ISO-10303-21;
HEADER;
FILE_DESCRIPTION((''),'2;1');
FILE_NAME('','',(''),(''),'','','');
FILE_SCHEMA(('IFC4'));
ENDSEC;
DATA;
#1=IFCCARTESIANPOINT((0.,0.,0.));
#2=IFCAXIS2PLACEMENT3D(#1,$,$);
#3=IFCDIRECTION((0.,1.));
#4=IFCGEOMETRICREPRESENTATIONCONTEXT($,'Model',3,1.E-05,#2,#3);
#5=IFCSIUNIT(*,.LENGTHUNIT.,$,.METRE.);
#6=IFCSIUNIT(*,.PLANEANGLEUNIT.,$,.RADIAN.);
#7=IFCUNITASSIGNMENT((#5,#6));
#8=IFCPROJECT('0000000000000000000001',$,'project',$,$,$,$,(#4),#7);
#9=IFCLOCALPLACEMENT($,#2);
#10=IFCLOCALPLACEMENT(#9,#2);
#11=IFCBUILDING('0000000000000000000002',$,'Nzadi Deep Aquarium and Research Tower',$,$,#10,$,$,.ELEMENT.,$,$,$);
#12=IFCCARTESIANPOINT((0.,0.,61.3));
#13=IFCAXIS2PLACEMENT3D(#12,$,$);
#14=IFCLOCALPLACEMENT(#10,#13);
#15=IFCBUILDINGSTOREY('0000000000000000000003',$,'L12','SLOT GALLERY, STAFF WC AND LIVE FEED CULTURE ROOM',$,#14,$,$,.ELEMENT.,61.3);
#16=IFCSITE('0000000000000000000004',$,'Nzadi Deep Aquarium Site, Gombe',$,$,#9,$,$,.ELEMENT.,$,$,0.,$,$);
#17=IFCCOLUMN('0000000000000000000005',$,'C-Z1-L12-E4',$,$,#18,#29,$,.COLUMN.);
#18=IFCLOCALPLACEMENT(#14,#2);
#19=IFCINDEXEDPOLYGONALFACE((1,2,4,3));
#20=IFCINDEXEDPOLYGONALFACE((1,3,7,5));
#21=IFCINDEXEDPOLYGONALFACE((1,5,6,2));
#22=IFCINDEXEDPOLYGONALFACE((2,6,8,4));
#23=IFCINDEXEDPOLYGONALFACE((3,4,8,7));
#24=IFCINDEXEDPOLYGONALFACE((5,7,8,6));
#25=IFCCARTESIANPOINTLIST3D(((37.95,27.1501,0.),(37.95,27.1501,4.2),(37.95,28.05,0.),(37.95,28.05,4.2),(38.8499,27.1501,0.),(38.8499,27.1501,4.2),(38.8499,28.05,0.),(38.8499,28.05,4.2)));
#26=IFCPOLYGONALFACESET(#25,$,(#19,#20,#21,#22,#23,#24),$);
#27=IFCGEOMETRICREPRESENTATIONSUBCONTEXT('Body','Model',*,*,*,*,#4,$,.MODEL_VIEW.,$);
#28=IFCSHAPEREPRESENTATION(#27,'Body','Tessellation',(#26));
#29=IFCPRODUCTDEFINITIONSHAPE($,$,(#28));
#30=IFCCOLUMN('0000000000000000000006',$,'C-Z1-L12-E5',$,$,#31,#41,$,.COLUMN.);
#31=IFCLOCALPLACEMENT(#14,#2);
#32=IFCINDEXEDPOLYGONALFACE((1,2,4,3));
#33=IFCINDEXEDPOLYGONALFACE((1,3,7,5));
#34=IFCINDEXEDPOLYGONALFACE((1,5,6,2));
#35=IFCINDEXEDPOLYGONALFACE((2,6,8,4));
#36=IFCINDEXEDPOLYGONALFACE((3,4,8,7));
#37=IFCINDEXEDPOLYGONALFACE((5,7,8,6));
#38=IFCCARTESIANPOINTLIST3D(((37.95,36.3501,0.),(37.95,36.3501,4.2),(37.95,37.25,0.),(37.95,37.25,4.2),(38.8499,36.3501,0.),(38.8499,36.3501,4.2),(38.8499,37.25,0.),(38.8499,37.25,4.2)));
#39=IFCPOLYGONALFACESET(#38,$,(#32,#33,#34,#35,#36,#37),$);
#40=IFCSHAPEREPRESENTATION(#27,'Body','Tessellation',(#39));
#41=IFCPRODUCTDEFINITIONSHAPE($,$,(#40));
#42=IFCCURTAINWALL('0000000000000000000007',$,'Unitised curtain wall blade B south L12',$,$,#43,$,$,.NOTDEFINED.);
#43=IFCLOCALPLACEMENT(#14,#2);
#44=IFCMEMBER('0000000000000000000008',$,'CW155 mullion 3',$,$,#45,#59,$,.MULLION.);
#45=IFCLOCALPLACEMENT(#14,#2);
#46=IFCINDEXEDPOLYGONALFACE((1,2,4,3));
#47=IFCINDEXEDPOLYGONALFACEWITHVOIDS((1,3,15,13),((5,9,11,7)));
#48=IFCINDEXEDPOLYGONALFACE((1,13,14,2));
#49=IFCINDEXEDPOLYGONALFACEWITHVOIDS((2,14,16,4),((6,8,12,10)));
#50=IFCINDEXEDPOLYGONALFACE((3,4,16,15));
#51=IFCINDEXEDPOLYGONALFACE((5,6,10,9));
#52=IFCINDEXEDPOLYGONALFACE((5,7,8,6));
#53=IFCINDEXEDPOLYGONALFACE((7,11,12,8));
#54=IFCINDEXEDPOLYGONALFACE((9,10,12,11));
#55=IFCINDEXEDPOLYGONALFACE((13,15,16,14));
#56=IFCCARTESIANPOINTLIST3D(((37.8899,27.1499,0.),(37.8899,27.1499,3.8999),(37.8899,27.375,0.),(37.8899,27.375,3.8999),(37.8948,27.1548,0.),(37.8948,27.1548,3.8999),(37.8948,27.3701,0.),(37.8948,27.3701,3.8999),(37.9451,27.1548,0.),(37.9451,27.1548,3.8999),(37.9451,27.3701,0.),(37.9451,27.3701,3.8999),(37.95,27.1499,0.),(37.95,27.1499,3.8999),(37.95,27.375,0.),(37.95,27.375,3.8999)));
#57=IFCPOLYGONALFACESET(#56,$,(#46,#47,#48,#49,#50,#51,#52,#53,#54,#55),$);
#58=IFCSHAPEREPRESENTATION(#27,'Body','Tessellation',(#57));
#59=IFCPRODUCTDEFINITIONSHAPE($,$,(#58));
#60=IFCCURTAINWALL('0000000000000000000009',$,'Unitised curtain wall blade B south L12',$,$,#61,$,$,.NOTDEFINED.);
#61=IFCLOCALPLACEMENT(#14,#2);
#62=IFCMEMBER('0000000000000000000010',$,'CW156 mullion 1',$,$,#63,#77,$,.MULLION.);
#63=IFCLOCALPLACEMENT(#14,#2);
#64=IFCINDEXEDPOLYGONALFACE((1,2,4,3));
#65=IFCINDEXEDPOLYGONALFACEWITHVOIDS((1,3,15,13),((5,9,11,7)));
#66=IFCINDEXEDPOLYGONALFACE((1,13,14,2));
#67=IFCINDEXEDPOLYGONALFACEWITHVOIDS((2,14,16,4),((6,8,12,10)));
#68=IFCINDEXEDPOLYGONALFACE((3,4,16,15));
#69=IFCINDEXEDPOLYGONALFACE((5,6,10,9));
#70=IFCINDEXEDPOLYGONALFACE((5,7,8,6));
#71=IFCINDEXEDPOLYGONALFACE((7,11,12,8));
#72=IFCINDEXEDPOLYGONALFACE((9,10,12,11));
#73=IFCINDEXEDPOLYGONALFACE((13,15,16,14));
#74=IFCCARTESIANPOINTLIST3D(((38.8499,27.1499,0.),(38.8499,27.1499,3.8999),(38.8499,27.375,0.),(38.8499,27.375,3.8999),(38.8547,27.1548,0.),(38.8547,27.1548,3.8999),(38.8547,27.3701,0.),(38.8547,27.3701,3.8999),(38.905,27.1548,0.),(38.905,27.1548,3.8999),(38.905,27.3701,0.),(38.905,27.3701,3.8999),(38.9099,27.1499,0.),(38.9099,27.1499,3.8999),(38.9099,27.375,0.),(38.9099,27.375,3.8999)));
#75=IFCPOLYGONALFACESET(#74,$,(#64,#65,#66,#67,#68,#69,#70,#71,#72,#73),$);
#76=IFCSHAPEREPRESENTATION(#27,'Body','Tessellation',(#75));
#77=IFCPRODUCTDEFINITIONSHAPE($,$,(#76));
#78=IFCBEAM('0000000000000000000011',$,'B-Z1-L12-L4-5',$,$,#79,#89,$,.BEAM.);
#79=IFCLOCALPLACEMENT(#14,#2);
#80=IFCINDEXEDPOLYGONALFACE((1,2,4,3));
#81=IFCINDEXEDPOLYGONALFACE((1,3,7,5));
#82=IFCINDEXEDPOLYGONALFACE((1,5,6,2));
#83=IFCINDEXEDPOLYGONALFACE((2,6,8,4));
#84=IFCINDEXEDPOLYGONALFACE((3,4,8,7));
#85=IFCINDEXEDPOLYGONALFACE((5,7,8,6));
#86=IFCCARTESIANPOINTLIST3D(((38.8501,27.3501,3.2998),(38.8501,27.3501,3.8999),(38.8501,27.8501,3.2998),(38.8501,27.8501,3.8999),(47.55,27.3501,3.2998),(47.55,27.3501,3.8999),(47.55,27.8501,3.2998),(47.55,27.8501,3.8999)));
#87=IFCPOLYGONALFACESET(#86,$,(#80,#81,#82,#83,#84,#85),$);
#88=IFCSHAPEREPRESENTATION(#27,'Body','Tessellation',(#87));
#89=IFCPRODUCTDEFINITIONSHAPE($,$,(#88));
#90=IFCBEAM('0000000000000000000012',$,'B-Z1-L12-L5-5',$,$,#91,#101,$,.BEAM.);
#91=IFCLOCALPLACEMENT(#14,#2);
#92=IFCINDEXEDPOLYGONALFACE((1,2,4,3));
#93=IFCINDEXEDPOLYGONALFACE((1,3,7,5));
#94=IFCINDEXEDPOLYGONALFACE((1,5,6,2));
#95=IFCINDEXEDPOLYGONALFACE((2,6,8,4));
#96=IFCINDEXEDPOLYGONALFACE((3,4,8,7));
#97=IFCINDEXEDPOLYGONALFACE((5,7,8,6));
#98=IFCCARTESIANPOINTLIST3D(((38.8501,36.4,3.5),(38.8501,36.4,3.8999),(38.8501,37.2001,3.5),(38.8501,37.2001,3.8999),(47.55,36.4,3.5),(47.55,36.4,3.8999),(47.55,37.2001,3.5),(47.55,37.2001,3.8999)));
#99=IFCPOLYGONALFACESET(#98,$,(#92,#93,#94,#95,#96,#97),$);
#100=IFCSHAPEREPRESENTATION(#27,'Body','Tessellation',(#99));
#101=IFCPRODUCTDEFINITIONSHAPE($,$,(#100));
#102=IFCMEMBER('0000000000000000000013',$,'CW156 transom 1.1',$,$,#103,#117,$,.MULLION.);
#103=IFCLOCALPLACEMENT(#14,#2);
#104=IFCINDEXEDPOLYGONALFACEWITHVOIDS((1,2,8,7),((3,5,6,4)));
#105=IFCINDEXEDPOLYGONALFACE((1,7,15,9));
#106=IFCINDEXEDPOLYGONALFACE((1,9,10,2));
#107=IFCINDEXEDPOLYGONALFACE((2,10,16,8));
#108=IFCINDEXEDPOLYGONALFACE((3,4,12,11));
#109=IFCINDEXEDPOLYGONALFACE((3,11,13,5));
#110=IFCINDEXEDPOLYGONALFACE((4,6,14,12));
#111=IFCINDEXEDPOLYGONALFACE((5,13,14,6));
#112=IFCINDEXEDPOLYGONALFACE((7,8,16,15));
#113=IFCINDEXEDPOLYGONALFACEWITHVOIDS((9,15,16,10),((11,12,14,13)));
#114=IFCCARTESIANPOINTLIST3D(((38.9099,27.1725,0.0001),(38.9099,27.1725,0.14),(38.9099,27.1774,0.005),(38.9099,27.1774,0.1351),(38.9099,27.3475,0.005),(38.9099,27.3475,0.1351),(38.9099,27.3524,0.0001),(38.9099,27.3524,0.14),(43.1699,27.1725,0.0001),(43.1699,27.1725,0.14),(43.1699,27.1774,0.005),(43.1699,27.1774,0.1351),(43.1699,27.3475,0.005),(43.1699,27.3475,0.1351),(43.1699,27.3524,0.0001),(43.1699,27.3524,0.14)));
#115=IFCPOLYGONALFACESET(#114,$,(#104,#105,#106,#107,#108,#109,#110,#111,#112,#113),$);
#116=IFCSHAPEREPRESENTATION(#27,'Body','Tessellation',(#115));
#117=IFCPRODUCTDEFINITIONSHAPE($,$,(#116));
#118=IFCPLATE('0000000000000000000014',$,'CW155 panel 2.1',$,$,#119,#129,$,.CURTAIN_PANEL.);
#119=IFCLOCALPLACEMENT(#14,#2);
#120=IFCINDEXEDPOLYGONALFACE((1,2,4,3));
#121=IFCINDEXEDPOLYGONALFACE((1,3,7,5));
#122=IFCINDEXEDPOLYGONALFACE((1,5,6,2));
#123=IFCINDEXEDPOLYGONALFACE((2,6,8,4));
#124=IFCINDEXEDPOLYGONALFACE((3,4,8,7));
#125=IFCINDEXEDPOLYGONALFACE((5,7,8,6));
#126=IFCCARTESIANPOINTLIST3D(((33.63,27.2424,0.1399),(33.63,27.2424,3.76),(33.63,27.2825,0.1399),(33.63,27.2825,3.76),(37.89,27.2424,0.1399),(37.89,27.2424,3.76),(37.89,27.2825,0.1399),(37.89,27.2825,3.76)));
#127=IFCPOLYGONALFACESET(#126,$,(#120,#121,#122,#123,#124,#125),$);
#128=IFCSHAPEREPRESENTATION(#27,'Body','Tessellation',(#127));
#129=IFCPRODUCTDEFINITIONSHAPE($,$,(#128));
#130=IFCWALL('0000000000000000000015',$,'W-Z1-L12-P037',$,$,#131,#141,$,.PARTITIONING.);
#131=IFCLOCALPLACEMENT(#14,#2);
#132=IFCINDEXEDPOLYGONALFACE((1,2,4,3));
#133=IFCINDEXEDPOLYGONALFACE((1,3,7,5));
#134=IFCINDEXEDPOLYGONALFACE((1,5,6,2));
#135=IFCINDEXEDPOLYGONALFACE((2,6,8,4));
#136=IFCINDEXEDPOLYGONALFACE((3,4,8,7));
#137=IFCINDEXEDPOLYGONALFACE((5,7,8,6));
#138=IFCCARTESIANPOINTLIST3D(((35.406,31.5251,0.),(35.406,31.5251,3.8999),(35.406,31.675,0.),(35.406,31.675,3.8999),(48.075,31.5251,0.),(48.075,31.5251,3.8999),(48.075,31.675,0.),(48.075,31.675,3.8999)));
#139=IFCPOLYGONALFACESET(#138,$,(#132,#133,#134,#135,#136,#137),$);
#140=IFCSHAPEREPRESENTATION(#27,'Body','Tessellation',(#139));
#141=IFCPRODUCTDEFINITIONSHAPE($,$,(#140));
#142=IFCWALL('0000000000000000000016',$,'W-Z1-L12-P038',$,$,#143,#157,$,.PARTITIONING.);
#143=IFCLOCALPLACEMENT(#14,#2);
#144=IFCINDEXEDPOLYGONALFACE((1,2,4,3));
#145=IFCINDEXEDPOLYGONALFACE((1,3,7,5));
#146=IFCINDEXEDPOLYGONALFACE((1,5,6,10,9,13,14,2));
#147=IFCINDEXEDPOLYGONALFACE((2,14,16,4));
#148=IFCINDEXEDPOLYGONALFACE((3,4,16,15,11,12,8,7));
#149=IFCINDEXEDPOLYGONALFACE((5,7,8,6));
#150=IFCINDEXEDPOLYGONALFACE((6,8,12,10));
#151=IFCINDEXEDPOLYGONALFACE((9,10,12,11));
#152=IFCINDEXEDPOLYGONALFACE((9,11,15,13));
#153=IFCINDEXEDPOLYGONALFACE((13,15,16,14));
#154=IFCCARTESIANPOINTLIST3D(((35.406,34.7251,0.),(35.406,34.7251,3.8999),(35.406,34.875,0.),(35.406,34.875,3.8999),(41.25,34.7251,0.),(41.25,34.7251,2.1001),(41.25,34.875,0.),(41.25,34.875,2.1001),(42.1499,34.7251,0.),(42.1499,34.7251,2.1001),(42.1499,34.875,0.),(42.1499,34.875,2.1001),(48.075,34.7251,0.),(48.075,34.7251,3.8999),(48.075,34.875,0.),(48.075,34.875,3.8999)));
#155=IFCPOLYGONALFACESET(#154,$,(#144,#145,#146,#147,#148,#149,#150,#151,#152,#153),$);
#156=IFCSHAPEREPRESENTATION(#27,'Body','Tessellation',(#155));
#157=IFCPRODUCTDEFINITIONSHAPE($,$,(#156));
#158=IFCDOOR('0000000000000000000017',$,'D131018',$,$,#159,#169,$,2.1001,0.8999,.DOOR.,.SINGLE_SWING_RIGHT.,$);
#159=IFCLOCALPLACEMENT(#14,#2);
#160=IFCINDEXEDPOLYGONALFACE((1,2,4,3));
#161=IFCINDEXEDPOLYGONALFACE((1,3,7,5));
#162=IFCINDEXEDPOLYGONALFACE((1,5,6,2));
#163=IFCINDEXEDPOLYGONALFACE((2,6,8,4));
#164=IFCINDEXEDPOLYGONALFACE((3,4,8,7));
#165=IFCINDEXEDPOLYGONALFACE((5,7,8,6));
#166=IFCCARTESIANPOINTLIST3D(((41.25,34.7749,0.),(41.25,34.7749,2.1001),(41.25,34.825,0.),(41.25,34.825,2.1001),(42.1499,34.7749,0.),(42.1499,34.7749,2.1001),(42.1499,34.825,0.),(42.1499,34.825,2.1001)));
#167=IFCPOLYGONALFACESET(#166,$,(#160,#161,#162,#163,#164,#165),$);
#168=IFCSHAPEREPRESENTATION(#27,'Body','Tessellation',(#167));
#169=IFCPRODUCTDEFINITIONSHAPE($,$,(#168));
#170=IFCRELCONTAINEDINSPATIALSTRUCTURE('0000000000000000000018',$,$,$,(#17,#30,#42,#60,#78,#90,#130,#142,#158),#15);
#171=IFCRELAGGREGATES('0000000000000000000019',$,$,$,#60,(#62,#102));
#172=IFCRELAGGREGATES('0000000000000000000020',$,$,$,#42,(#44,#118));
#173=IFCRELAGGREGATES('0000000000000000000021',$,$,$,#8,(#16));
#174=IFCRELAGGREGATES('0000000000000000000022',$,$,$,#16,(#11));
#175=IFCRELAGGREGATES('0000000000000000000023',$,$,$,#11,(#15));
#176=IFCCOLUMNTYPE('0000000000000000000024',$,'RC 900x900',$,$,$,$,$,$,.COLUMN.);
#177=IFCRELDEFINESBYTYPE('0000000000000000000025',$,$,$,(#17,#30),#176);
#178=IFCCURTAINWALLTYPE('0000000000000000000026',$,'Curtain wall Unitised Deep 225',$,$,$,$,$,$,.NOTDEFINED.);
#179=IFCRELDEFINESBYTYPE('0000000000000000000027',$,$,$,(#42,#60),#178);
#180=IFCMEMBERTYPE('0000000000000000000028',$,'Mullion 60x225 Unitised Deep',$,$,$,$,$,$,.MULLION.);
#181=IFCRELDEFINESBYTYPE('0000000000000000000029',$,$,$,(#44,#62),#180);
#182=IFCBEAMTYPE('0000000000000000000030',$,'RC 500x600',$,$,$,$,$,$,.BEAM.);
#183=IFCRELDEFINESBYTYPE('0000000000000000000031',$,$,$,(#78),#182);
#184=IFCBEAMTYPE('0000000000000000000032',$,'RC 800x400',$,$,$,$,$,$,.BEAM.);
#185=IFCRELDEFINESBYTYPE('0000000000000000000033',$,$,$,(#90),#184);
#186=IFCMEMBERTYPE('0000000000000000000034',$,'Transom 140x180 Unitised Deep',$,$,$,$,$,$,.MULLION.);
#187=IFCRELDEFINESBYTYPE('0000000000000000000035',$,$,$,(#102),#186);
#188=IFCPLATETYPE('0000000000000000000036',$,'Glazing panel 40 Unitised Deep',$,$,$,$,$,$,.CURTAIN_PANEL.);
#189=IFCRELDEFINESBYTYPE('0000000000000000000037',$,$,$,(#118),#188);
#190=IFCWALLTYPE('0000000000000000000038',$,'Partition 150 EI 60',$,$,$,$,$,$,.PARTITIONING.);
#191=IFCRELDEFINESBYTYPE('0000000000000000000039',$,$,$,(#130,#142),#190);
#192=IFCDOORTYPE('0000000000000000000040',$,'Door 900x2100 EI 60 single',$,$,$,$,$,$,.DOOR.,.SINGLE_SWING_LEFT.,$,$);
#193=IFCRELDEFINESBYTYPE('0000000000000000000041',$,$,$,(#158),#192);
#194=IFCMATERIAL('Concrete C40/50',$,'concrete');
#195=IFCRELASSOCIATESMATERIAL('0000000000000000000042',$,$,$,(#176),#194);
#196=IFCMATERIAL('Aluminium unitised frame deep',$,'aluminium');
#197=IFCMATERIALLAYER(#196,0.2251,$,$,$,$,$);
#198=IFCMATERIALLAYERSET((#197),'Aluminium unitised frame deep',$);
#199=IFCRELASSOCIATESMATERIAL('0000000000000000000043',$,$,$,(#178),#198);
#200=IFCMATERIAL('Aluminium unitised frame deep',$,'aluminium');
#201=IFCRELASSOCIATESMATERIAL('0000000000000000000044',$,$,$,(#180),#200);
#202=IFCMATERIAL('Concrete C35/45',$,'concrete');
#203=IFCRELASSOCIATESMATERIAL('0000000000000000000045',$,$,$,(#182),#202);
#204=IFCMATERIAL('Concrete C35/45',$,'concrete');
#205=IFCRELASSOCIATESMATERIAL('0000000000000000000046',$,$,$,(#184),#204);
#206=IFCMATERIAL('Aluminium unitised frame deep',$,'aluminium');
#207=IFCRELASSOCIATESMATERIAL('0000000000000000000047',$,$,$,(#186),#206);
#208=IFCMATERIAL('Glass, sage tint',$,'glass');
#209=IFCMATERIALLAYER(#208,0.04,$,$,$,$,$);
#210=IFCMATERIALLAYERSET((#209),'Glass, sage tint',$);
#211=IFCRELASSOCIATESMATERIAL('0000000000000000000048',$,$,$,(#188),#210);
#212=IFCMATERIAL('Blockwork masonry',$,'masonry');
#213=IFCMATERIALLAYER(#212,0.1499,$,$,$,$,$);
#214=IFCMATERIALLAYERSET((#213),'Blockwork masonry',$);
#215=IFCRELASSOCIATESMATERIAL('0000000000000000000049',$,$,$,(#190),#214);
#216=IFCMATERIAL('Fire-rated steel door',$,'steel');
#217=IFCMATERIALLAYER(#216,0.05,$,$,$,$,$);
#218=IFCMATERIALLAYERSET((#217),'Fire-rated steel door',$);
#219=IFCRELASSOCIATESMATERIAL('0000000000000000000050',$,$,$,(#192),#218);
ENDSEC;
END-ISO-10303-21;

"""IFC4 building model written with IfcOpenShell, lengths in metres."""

from ifc_helpers import new_model, si_unit, direction, frame, frame_2d, origin, origin_2d, place, context, subcontext, project, spatial, rectangle, hollow_rectangle, extrude, material, layer, layer_set, material_profile, profile_set, type_object, element, fill, aggregate, save


model = new_model("IFC4")

# Units and contexts
model_context = context("Model", 3, precision=1e-05, world=origin(), true_north=direction((0.0, 1.0)))
body_context = subcontext(model_context, "Body", "Model", "MODEL_VIEW")
ifc_project = project(units=[si_unit("LENGTHUNIT", "METRE"), si_unit("PLANEANGLEUNIT", "RADIAN")], contexts=[model_context])

# Site, building, storey
site_placement = place(None, origin())
site = spatial("IfcSite", under=ifc_project, at=site_placement, Name="Nzadi Deep Aquarium Site, Gombe", CompositionType="ELEMENT", RefElevation=0.0)
building_placement = place(site_placement, origin())
building = spatial("IfcBuilding", under=site, at=building_placement, Name="Nzadi Deep Aquarium and Research Tower", CompositionType="ELEMENT")
storey_placement = place(building_placement, frame((0.0, 0.0, 61.3)))
storey = spatial("IfcBuildingStorey", under=building, at=storey_placement, Name="L12", Description="SLOT GALLERY, STAFF WC AND LIVE FEED CULTURE ROOM", CompositionType="ELEMENT", Elevation=61.3)

# Columns
ifc_material_1 = material(Name="Concrete C40/50", Category="concrete")
ifc_material_profile_1 = material_profile(ifc_material_1, rectangle(XDim=0.8999, YDim=0.8999, at=origin_2d()))
ifc_profile_set_1 = profile_set([ifc_material_profile_1], Name="Concrete C40/50")
column_type = type_object("IfcColumnType", Name="RC 900x900", PredefinedType="COLUMN", material=ifc_profile_set_1)
for number, where, z_axis, x_axis, name in (
    (1, (38.3999, 27.6001, 0.0), (0.0, 0.0, 1.0), (1.0, 0.0, 0.0), "C-Z1-L12-E4"),
    (2, (38.3999, 36.8, 0.0), (0.0, 0.0, 1.0), (1.0, 0.0, 0.0), "C-Z1-L12-E5"),
):
    element("IfcColumn", number, at=place(storey_placement, frame(where, z_axis=z_axis, x_axis=x_axis)), inside=storey, type_object=column_type, Name=name, PredefinedType="COLUMN", context=body_context, shape_type="SweptSolid", body=[
        extrude(rectangle(XDim=0.8999, YDim=0.8999, at=origin_2d()), origin(), (0.0, 0.0, 1.0), 4.2),
    ])

# Curtain walls, members
ifc_material_2 = material(Name="Aluminium unitised frame deep", Category="aluminium")
ifc_layer_1 = layer(ifc_material_2, 0.2251)
ifc_layer_set_1 = layer_set([ifc_layer_1], Name="Aluminium unitised frame deep")
curtain_wall_type = type_object("IfcCurtainWallType", Name="Curtain wall Unitised Deep 225", PredefinedType="NOTDEFINED", material=ifc_layer_set_1)
curtain_wall_1_placement = place(storey_placement, origin())
curtain_wall_1 = element("IfcCurtainWall", 3, at=curtain_wall_1_placement, inside=storey, type_object=curtain_wall_type, Name="Unitised curtain wall blade B south L12", PredefinedType="NOTDEFINED")
ifc_material_3 = material(Name="Aluminium unitised frame deep", Category="aluminium")
ifc_material_profile_2 = material_profile(ifc_material_3, hollow_rectangle(XDim=0.2251, YDim=0.0601, WallThickness=0.0049, at=origin_2d()))
ifc_profile_set_2 = profile_set([ifc_material_profile_2], Name="Aluminium unitised frame deep")
member_type_1 = type_object("IfcMemberType", Name="Mullion 60x225 Unitised Deep", PredefinedType="MULLION", material=ifc_profile_set_2)
member_1_placement = place(storey_placement, frame((37.9199, 27.2625, 0.0), z_axis=(0.0, 0.0, 1.0), x_axis=(0.0, 1.0, 0.0)))
member_1 = element("IfcMember", 4, at=member_1_placement, type_object=member_type_1, Name="CW155 mullion 3", PredefinedType="MULLION", context=body_context, shape_type="SweptSolid", body=[
    extrude(hollow_rectangle(XDim=0.2251, YDim=0.0601, WallThickness=0.0049, at=origin_2d()), origin(), (0.0, 0.0, 1.0), 3.8999),
])
curtain_wall_2_placement = place(storey_placement, origin())
curtain_wall_2 = element("IfcCurtainWall", 5, at=curtain_wall_2_placement, inside=storey, type_object=curtain_wall_type, Name="Unitised curtain wall blade B south L12", PredefinedType="NOTDEFINED")
member_2_placement = place(storey_placement, frame((38.8799, 27.2625, 0.0), z_axis=(0.0, 0.0, 1.0), x_axis=(0.0, 1.0, 0.0)))
member_2 = element("IfcMember", 6, at=member_2_placement, type_object=member_type_1, Name="CW156 mullion 1", PredefinedType="MULLION", context=body_context, shape_type="SweptSolid", body=[
    extrude(hollow_rectangle(XDim=0.2251, YDim=0.0601, WallThickness=0.0049, at=origin_2d()), origin(), (0.0, 0.0, 1.0), 3.8999),
])

# Beams
ifc_material_4 = material(Name="Concrete C35/45", Category="concrete")
ifc_material_profile_3 = material_profile(ifc_material_4, rectangle(XDim=0.5, YDim=0.6001, at=origin_2d()))
ifc_profile_set_3 = profile_set([ifc_material_profile_3], Name="Concrete C35/45")
beam_type_1 = type_object("IfcBeamType", Name="RC 500x600", PredefinedType="BEAM", material=ifc_profile_set_3)
beam_1_placement = place(storey_placement, frame((38.8501, 27.6001, 3.5999), z_axis=(1.0, 0.0, 0.0), x_axis=(0.0, 1.0, 0.0)))
element("IfcBeam", 7, at=beam_1_placement, inside=storey, type_object=beam_type_1, Name="B-Z1-L12-L4-5", PredefinedType="BEAM", context=body_context, shape_type="SweptSolid", body=[
    extrude(rectangle(XDim=0.5, YDim=0.6001, at=origin_2d()), origin(), (0.0, 0.0, 1.0), 8.7),
])
ifc_material_5 = material(Name="Concrete C35/45", Category="concrete")
ifc_material_profile_4 = material_profile(ifc_material_5, rectangle(XDim=0.8, YDim=0.3999, at=origin_2d()))
ifc_profile_set_4 = profile_set([ifc_material_profile_4], Name="Concrete C35/45")
beam_type_2 = type_object("IfcBeamType", Name="RC 800x400", PredefinedType="BEAM", material=ifc_profile_set_4)
beam_2_placement = place(storey_placement, frame((38.8501, 36.8, 3.7), z_axis=(1.0, 0.0, 0.0), x_axis=(0.0, 1.0, 0.0)))
element("IfcBeam", 8, at=beam_2_placement, inside=storey, type_object=beam_type_2, Name="B-Z1-L12-L5-5", PredefinedType="BEAM", context=body_context, shape_type="SweptSolid", body=[
    extrude(rectangle(XDim=0.8, YDim=0.3999, at=origin_2d()), origin(), (0.0, 0.0, 1.0), 8.7),
])

# Member
ifc_material_6 = material(Name="Aluminium unitised frame deep", Category="aluminium")
ifc_material_profile_5 = material_profile(ifc_material_6, hollow_rectangle(XDim=0.1799, YDim=0.1399, WallThickness=0.0049, at=origin_2d()))
ifc_profile_set_5 = profile_set([ifc_material_profile_5], Name="Aluminium unitised frame deep")
member_type_2 = type_object("IfcMemberType", Name="Transom 140x180 Unitised Deep", PredefinedType="MULLION", material=ifc_profile_set_5)
member_3_placement = place(storey_placement, frame((38.9099, 27.2625, 0.0701), z_axis=(1.0, 0.0, 0.0), x_axis=(0.0, 1.0, 0.0)))
member_3 = element("IfcMember", 9, at=member_3_placement, type_object=member_type_2, Name="CW156 transom 1.1", PredefinedType="MULLION", context=body_context, shape_type="SweptSolid", body=[
    extrude(hollow_rectangle(XDim=0.1799, YDim=0.1399, WallThickness=0.0049, at=origin_2d()), origin(), (0.0, 0.0, 1.0), 4.26),
])
aggregate(curtain_wall_2, [member_2, member_3])

# Plate
ifc_material_7 = material(Name="Glass, sage tint", Category="glass")
ifc_layer_2 = layer(ifc_material_7, 0.04)
ifc_layer_set_2 = layer_set([ifc_layer_2], Name="Glass, sage tint")
plate_type = type_object("IfcPlateType", Name="Glazing panel 40 Unitised Deep", PredefinedType="CURTAIN_PANEL", material=ifc_layer_set_2)
plate_placement = place(storey_placement, frame((35.76, 27.2625, 0.1399), z_axis=(0.0, 0.0, 1.0), x_axis=(1.0, 0.0, 0.0)))
plate = element("IfcPlate", 10, at=plate_placement, type_object=plate_type, Name="CW155 panel 2.1", PredefinedType="CURTAIN_PANEL", context=body_context, shape_type="SweptSolid", body=[
    extrude(rectangle(XDim=4.26, YDim=0.04, at=origin_2d()), origin(), (0.0, 0.0, 1.0), 3.6201),
])
aggregate(curtain_wall_1, [member_1, plate])

# Wall
ifc_material_8 = material(Name="Blockwork masonry", Category="masonry")
ifc_layer_3 = layer(ifc_material_8, 0.1499)
ifc_layer_set_3 = layer_set([ifc_layer_3], Name="Blockwork masonry")
wall_type_1 = type_object("IfcWallType", Name="Partition 150 EI 60", PredefinedType="PARTITIONING", material=ifc_layer_set_3)
wall_1_placement = place(storey_placement, frame((35.406, 31.6001, 0.0), z_axis=(0.0, 0.0, 1.0), x_axis=(1.0, 0.0, 0.0)))
element("IfcWall", 11, at=wall_1_placement, inside=storey, type_object=wall_type_1, Name="W-Z1-L12-P037", PredefinedType="PARTITIONING", context=body_context, shape_type="SweptSolid", body=[
    extrude(rectangle(XDim=12.6689, YDim=0.1499, at=frame_2d((6.3345, 0.0))), origin(), (0.0, 0.0, 1.0), 3.8999),
])

# Wall, opening, door
wall_2_placement = place(storey_placement, frame((35.406, 34.8, 0.0), z_axis=(0.0, 0.0, 1.0), x_axis=(1.0, 0.0, 0.0)))
wall_2 = element("IfcWall", 12, at=wall_2_placement, inside=storey, type_object=wall_type_1, Name="W-Z1-L12-P038", PredefinedType="PARTITIONING", context=body_context, shape_type="SweptSolid", body=[
    extrude(rectangle(XDim=12.6689, YDim=0.1499, at=frame_2d((6.3345, 0.0))), origin(), (0.0, 0.0, 1.0), 3.8999),
])
opening_1_placement = place(wall_2_placement, frame((5.844, 0.0, 0.0)))
opening_1 = element("IfcOpeningElement", 13, at=opening_1_placement, cuts=wall_2, PredefinedType="OPENING", context=body_context, shape_type="SweptSolid", body=[
    extrude(rectangle(XDim=0.8999, YDim=2.1001, at=frame_2d((0.45, 1.05))), frame((0.0, 0.085, 0.0), z_axis=(0.0, -1.0, 0.0), x_axis=(1.0, 0.0, 0.0)), (0.0, 0.0, 1.0), 0.1699),
])
ifc_material_9 = material(Name="Fire-rated steel door", Category="steel")
ifc_layer_4 = layer(ifc_material_9, 0.05)
ifc_layer_set_4 = layer_set([ifc_layer_4], Name="Fire-rated steel door")
door_type_1 = type_object("IfcDoorType", Name="Door 900x2100 EI 60 single", OperationType="SINGLE_SWING_LEFT", PredefinedType="DOOR", material=ifc_layer_set_4)
door_1_placement = place(opening_1_placement, origin())
door_1 = element("IfcDoor", 14, at=door_1_placement, inside=storey, type_object=door_type_1, Name="D131018", OperationType="SINGLE_SWING_RIGHT", OverallHeight=2.1001, OverallWidth=0.8999, PredefinedType="DOOR", context=body_context, shape_type="SweptSolid", body=[
    extrude(rectangle(XDim=0.8999, YDim=2.1001, at=frame_2d((0.45, 1.05))), frame((0.0, 0.0249, 0.0), z_axis=(0.0, -1.0, 0.0), x_axis=(1.0, 0.0, 0.0)), (0.0, 0.0, 1.0), 0.05),
])
fill(opening_1, door_1)

save(model, "model.ifc")
